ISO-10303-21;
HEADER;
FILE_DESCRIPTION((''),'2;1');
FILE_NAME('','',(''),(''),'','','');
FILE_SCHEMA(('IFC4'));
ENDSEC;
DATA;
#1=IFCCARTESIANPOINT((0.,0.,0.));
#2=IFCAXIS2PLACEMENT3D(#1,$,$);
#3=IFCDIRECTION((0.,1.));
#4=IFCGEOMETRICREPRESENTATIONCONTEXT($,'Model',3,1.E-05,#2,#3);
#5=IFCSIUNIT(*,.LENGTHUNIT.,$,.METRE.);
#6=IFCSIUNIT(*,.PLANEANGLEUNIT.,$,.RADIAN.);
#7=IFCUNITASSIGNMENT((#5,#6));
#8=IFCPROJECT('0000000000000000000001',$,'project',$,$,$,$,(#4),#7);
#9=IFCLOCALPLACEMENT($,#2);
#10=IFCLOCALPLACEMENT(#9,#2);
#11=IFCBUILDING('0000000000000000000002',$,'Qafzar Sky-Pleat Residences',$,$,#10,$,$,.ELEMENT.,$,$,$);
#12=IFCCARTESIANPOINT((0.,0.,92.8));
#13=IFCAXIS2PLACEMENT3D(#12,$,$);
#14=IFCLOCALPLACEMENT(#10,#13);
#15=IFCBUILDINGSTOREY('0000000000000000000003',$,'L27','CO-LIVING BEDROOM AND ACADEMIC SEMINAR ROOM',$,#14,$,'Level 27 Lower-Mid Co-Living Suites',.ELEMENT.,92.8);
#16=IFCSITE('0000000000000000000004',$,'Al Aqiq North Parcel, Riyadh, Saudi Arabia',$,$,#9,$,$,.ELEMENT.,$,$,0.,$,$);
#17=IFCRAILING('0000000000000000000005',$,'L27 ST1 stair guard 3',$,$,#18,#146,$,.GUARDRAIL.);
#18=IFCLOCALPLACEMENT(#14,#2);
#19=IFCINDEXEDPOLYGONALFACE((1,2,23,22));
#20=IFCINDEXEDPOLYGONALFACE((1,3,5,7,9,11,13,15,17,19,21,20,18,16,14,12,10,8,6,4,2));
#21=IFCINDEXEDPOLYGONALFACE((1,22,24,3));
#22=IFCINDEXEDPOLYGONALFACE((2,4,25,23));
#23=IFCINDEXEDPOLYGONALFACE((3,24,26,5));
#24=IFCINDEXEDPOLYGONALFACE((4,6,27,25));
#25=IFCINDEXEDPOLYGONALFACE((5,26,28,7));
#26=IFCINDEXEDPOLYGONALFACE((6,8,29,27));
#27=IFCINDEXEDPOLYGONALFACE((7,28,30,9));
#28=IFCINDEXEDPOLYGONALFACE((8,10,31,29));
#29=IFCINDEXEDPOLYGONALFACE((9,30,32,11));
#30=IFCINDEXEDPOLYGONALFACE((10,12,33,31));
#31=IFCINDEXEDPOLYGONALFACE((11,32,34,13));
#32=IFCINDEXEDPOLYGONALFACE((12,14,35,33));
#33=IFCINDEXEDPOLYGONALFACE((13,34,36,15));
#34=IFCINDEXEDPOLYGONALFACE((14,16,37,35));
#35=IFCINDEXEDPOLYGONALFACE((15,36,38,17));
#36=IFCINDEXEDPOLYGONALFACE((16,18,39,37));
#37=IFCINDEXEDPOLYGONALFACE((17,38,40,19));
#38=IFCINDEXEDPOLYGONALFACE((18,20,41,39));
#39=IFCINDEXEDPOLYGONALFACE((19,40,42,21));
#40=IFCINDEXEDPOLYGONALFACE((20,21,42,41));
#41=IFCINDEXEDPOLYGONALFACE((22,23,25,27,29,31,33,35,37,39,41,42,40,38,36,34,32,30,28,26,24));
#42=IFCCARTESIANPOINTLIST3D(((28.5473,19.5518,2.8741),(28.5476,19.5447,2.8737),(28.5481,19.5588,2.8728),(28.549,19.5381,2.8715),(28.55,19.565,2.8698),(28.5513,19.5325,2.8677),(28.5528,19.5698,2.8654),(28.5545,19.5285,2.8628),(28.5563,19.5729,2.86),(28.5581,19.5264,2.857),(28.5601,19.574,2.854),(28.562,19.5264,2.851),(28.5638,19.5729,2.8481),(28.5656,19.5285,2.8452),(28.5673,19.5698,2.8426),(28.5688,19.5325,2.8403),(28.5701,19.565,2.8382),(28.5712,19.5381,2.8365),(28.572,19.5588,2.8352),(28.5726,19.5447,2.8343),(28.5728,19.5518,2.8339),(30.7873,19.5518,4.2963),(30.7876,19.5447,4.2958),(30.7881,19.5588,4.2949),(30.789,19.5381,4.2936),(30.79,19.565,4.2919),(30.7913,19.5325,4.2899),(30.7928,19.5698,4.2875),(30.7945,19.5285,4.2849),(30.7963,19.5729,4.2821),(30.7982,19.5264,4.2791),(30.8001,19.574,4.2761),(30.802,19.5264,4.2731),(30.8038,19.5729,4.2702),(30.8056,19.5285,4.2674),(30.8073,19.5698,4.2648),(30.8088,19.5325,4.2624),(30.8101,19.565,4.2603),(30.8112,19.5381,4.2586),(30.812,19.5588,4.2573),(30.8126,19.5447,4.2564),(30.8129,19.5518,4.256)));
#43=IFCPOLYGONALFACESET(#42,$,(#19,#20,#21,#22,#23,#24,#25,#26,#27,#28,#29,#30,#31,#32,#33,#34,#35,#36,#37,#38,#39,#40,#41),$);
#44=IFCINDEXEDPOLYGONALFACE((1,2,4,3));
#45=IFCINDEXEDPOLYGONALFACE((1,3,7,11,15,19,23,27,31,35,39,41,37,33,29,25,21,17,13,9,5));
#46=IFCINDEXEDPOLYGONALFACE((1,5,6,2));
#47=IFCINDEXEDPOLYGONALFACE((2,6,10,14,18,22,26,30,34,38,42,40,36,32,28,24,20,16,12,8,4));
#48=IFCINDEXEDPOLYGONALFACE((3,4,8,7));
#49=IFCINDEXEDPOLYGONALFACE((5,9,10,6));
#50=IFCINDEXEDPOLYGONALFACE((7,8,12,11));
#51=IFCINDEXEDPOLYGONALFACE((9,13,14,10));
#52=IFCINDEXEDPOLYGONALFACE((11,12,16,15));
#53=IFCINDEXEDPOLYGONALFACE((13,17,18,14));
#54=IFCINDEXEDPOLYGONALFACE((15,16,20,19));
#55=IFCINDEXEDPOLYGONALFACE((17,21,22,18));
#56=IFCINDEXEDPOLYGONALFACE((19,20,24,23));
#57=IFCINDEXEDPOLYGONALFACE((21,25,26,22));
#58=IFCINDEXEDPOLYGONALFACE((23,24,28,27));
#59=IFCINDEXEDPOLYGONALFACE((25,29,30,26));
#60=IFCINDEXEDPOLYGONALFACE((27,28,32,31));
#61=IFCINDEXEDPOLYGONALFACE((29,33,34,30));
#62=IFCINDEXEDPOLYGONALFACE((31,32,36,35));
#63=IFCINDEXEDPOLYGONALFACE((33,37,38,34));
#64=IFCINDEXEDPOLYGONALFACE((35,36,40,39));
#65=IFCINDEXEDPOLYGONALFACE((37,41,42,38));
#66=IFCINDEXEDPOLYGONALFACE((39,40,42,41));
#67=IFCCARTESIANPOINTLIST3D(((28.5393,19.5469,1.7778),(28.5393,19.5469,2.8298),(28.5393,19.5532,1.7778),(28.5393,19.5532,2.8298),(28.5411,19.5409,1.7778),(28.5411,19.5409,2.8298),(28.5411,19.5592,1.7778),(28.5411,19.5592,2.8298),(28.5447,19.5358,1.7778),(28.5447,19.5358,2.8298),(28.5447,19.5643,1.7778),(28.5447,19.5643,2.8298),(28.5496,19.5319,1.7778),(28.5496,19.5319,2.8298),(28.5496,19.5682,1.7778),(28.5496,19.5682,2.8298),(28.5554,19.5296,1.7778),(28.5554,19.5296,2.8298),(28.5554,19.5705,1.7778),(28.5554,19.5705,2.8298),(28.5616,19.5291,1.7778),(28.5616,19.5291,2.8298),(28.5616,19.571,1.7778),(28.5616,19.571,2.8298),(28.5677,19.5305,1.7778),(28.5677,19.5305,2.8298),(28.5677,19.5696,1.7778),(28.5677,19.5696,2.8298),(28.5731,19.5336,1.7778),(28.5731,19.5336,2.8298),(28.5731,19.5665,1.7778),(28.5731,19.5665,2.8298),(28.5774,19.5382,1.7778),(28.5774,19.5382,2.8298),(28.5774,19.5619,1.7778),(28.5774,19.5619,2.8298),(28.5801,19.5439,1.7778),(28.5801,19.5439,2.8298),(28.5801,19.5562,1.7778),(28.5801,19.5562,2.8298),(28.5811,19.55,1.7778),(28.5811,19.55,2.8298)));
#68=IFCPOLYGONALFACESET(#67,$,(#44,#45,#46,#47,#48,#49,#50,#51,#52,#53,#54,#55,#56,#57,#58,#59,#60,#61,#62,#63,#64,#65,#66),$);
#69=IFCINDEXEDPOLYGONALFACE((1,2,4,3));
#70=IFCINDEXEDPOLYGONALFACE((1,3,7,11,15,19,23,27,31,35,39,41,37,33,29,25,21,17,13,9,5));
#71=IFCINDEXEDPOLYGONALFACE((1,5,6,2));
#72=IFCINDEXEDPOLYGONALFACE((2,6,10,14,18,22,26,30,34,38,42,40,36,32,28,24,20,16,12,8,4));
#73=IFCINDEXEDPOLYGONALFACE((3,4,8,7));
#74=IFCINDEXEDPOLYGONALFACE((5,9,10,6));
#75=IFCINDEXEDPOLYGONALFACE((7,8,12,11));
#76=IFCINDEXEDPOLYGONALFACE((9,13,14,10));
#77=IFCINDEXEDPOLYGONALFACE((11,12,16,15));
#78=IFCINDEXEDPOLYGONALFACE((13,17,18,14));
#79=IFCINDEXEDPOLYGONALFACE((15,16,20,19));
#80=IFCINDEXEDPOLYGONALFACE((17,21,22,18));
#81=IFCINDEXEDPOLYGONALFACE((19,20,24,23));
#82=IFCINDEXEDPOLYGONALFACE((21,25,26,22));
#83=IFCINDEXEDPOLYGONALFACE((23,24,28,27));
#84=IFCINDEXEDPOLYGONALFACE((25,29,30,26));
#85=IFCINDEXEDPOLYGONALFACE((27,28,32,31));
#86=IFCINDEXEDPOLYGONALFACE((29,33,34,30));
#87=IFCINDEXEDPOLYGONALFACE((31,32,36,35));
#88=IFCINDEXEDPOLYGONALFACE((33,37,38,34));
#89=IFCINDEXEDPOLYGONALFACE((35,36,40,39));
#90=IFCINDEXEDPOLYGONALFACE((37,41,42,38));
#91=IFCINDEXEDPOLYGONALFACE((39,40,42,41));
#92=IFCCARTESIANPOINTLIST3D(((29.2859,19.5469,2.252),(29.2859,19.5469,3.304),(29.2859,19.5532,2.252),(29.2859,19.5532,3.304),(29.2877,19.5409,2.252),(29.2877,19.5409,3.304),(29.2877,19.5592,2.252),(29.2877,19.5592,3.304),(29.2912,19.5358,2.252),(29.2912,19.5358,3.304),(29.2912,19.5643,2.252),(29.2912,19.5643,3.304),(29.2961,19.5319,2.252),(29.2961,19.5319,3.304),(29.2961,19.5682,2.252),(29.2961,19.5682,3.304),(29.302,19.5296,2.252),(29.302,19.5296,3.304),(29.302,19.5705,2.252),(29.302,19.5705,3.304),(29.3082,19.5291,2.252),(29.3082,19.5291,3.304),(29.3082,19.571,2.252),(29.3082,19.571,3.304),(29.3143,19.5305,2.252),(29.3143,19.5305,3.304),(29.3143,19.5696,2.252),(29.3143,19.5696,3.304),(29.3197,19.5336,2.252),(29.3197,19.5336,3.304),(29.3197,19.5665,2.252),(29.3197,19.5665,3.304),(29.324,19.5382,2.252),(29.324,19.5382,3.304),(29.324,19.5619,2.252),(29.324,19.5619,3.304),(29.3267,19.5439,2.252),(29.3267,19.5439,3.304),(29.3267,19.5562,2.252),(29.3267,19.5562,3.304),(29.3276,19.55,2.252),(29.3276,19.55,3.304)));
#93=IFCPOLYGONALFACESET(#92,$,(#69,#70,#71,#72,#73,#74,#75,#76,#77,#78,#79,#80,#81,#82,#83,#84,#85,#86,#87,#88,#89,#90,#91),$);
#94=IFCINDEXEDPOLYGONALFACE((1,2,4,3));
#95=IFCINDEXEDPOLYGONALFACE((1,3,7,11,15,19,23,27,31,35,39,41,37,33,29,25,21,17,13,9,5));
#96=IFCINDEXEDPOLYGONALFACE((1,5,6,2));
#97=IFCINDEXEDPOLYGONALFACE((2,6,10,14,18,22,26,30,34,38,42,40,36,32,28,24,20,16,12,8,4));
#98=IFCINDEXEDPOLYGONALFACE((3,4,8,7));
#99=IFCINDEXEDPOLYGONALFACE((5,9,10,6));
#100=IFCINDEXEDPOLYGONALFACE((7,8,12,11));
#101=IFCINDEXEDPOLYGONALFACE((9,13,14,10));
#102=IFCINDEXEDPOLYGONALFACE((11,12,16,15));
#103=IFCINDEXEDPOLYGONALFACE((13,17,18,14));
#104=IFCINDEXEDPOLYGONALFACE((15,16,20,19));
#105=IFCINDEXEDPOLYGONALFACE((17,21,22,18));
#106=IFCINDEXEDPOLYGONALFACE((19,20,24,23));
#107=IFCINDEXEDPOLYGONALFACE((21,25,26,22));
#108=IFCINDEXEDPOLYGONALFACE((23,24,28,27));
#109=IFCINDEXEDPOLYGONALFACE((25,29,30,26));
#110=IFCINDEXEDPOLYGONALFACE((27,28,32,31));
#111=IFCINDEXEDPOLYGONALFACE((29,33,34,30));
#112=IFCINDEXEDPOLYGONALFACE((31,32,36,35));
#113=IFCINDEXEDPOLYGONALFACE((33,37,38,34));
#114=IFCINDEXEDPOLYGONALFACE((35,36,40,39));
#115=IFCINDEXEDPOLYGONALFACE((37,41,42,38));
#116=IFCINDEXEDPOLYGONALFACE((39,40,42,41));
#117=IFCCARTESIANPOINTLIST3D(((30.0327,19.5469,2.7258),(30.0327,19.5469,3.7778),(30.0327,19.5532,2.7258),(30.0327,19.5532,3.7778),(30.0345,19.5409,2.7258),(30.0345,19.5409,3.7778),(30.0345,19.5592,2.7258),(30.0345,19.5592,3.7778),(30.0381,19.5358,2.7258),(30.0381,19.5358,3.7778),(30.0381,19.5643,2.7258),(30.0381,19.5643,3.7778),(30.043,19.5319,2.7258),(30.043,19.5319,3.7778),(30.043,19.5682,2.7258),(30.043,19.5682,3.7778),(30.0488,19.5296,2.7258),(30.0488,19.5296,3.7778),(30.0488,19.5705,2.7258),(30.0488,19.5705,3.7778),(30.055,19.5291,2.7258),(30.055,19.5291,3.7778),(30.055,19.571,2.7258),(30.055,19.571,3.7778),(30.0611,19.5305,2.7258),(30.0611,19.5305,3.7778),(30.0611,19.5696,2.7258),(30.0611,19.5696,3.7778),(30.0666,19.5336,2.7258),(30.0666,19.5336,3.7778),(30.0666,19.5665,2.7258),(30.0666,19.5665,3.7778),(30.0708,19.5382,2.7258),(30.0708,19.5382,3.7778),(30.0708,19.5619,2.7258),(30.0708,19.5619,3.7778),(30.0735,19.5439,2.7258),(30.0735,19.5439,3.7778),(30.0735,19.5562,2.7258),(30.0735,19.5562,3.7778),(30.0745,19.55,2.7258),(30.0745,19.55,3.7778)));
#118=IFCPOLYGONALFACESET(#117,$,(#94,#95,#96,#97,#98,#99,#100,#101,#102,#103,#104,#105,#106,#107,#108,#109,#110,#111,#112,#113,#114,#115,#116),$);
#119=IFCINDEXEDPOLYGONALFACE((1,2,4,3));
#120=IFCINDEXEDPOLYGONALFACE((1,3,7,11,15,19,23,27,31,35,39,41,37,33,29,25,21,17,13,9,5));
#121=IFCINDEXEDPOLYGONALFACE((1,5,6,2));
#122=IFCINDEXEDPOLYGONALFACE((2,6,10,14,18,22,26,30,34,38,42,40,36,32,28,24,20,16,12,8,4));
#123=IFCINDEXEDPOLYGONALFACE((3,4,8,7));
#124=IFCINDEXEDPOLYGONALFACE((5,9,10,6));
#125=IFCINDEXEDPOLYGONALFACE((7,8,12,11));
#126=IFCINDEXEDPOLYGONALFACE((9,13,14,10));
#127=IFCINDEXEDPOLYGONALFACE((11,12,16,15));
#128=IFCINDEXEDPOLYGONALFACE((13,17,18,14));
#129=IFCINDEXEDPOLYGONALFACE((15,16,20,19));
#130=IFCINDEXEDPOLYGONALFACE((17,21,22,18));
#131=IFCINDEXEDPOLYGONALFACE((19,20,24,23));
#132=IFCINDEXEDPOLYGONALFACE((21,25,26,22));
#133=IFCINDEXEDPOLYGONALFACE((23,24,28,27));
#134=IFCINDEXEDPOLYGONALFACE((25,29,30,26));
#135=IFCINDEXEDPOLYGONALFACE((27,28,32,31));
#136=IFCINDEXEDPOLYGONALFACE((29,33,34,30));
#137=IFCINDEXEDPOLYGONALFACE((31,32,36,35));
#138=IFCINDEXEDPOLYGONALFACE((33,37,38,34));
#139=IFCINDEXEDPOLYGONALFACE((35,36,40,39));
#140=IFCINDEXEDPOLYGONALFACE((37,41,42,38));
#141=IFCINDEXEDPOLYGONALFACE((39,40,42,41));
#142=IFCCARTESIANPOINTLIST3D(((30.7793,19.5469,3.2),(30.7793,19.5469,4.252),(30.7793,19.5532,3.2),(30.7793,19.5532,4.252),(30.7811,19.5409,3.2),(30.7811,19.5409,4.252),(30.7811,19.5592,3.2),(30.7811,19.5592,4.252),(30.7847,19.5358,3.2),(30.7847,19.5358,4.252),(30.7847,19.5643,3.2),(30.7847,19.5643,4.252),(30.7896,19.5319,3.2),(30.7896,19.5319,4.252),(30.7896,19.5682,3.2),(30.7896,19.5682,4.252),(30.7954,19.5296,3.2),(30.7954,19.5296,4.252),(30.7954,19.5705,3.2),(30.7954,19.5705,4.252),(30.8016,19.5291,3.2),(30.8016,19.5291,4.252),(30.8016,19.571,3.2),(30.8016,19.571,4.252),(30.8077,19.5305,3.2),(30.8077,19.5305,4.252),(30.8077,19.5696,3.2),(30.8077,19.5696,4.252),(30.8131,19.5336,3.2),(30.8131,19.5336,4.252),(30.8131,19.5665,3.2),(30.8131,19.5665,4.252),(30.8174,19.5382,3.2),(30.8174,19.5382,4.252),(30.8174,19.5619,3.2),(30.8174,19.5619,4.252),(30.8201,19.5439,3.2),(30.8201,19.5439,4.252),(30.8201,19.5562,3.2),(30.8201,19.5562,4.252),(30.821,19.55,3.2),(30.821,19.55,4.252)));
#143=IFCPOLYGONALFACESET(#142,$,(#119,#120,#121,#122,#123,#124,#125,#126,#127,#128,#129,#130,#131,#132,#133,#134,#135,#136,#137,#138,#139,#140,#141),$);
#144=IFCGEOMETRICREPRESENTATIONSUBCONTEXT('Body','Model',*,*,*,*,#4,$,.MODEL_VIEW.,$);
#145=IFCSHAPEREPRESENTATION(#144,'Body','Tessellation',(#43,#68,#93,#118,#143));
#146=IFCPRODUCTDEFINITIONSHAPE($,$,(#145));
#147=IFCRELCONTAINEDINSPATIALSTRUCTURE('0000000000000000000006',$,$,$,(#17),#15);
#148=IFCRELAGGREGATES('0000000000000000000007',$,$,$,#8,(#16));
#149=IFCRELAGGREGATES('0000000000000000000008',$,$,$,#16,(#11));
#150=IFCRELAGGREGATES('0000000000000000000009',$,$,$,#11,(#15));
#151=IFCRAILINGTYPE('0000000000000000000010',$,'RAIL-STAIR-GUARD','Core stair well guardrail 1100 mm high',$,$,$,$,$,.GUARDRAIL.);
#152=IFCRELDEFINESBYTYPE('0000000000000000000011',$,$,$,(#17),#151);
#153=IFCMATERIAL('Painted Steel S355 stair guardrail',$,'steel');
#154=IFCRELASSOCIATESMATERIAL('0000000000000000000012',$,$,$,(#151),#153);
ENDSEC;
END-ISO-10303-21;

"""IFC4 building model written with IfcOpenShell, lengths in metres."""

from ifc_helpers import new_model, si_unit, direction, frame, origin, origin_2d, place, context, subcontext, project, spatial, circle, extrude, source, transform, mapped, material, type_object, element, save


model = new_model("IFC4")

# Units and contexts
model_context = context("Model", 3, precision=1e-05, world=origin(), true_north=direction((0.0, 1.0)))
body_context = subcontext(model_context, "Body", "Model", "MODEL_VIEW")
ifc_project = project(units=[si_unit("LENGTHUNIT", "METRE"), si_unit("PLANEANGLEUNIT", "RADIAN")], contexts=[model_context])

# Site, building, storey
site_placement = place(None, origin())
site = spatial("IfcSite", under=ifc_project, at=site_placement, Name="Al Aqiq North Parcel, Riyadh, Saudi Arabia", CompositionType="ELEMENT", RefElevation=0.0)
building_placement = place(site_placement, origin())
building = spatial("IfcBuilding", under=site, at=building_placement, Name="Qafzar Sky-Pleat Residences", CompositionType="ELEMENT")
storey_placement = place(building_placement, frame((0.0, 0.0, 92.8)))
storey = spatial("IfcBuildingStorey", under=building, at=storey_placement, Name="L27", Description="CO-LIVING BEDROOM AND ACADEMIC SEMINAR ROOM", LongName="Level 27 Lower-Mid Co-Living Suites", CompositionType="ELEMENT", Elevation=92.8)

# Railing
ifc_material_1 = material(Name="Painted Steel S355 stair guardrail", Category="steel")
railing_type_1 = type_object("IfcRailingType", Name="RAIL-STAIR-GUARD", Description="Core stair well guardrail 1100 mm high", PredefinedType="GUARDRAIL", material=ifc_material_1)
shared_shape_1 = source(origin(), body_context, "Body", "SweptSolid", [
    extrude(circle(Radius=0.0239, at=origin_2d()), frame((0.0, 0.0, 1.0762), z_axis=(0.844229, 0.0, 0.535982), x_axis=(0.0, 1.0, 0.0)), (0.0, 0.0, 1.0), 2.6533),
    extrude(circle(Radius=0.021, at=origin_2d()), origin(), (0.0, 0.0, 1.0), 1.052),
    extrude(circle(Radius=0.021, at=origin_2d()), frame((0.7466, 0.0, 0.4741)), (0.0, 0.0, 1.0), 1.052),
    extrude(circle(Radius=0.021, at=origin_2d()), frame((1.4934, 0.0, 0.948)), (0.0, 0.0, 1.0), 1.052),
    extrude(circle(Radius=0.021, at=origin_2d()), frame((2.24, 0.0, 1.4221)), (0.0, 0.0, 1.0), 1.052),
])
railing_1_placement = place(storey_placement, frame((28.5601, 19.55, 1.7778)))
element("IfcRailing", 1, at=railing_1_placement, inside=storey, type_object=railing_type_1, Name="L27 ST1 stair guard 3", PredefinedType="GUARDRAIL", context=body_context, shape_type="MappedRepresentation", body=[
    mapped(shared_shape_1, transform((0.0, 0.0, 0.0), x_axis=(1.0, 0.0, 0.0), y_axis=(0.0, 1.0, 0.0), z_axis=(0.0, 0.0, 1.0), scale=1.0)),
])

save(model, "model.ifc")
